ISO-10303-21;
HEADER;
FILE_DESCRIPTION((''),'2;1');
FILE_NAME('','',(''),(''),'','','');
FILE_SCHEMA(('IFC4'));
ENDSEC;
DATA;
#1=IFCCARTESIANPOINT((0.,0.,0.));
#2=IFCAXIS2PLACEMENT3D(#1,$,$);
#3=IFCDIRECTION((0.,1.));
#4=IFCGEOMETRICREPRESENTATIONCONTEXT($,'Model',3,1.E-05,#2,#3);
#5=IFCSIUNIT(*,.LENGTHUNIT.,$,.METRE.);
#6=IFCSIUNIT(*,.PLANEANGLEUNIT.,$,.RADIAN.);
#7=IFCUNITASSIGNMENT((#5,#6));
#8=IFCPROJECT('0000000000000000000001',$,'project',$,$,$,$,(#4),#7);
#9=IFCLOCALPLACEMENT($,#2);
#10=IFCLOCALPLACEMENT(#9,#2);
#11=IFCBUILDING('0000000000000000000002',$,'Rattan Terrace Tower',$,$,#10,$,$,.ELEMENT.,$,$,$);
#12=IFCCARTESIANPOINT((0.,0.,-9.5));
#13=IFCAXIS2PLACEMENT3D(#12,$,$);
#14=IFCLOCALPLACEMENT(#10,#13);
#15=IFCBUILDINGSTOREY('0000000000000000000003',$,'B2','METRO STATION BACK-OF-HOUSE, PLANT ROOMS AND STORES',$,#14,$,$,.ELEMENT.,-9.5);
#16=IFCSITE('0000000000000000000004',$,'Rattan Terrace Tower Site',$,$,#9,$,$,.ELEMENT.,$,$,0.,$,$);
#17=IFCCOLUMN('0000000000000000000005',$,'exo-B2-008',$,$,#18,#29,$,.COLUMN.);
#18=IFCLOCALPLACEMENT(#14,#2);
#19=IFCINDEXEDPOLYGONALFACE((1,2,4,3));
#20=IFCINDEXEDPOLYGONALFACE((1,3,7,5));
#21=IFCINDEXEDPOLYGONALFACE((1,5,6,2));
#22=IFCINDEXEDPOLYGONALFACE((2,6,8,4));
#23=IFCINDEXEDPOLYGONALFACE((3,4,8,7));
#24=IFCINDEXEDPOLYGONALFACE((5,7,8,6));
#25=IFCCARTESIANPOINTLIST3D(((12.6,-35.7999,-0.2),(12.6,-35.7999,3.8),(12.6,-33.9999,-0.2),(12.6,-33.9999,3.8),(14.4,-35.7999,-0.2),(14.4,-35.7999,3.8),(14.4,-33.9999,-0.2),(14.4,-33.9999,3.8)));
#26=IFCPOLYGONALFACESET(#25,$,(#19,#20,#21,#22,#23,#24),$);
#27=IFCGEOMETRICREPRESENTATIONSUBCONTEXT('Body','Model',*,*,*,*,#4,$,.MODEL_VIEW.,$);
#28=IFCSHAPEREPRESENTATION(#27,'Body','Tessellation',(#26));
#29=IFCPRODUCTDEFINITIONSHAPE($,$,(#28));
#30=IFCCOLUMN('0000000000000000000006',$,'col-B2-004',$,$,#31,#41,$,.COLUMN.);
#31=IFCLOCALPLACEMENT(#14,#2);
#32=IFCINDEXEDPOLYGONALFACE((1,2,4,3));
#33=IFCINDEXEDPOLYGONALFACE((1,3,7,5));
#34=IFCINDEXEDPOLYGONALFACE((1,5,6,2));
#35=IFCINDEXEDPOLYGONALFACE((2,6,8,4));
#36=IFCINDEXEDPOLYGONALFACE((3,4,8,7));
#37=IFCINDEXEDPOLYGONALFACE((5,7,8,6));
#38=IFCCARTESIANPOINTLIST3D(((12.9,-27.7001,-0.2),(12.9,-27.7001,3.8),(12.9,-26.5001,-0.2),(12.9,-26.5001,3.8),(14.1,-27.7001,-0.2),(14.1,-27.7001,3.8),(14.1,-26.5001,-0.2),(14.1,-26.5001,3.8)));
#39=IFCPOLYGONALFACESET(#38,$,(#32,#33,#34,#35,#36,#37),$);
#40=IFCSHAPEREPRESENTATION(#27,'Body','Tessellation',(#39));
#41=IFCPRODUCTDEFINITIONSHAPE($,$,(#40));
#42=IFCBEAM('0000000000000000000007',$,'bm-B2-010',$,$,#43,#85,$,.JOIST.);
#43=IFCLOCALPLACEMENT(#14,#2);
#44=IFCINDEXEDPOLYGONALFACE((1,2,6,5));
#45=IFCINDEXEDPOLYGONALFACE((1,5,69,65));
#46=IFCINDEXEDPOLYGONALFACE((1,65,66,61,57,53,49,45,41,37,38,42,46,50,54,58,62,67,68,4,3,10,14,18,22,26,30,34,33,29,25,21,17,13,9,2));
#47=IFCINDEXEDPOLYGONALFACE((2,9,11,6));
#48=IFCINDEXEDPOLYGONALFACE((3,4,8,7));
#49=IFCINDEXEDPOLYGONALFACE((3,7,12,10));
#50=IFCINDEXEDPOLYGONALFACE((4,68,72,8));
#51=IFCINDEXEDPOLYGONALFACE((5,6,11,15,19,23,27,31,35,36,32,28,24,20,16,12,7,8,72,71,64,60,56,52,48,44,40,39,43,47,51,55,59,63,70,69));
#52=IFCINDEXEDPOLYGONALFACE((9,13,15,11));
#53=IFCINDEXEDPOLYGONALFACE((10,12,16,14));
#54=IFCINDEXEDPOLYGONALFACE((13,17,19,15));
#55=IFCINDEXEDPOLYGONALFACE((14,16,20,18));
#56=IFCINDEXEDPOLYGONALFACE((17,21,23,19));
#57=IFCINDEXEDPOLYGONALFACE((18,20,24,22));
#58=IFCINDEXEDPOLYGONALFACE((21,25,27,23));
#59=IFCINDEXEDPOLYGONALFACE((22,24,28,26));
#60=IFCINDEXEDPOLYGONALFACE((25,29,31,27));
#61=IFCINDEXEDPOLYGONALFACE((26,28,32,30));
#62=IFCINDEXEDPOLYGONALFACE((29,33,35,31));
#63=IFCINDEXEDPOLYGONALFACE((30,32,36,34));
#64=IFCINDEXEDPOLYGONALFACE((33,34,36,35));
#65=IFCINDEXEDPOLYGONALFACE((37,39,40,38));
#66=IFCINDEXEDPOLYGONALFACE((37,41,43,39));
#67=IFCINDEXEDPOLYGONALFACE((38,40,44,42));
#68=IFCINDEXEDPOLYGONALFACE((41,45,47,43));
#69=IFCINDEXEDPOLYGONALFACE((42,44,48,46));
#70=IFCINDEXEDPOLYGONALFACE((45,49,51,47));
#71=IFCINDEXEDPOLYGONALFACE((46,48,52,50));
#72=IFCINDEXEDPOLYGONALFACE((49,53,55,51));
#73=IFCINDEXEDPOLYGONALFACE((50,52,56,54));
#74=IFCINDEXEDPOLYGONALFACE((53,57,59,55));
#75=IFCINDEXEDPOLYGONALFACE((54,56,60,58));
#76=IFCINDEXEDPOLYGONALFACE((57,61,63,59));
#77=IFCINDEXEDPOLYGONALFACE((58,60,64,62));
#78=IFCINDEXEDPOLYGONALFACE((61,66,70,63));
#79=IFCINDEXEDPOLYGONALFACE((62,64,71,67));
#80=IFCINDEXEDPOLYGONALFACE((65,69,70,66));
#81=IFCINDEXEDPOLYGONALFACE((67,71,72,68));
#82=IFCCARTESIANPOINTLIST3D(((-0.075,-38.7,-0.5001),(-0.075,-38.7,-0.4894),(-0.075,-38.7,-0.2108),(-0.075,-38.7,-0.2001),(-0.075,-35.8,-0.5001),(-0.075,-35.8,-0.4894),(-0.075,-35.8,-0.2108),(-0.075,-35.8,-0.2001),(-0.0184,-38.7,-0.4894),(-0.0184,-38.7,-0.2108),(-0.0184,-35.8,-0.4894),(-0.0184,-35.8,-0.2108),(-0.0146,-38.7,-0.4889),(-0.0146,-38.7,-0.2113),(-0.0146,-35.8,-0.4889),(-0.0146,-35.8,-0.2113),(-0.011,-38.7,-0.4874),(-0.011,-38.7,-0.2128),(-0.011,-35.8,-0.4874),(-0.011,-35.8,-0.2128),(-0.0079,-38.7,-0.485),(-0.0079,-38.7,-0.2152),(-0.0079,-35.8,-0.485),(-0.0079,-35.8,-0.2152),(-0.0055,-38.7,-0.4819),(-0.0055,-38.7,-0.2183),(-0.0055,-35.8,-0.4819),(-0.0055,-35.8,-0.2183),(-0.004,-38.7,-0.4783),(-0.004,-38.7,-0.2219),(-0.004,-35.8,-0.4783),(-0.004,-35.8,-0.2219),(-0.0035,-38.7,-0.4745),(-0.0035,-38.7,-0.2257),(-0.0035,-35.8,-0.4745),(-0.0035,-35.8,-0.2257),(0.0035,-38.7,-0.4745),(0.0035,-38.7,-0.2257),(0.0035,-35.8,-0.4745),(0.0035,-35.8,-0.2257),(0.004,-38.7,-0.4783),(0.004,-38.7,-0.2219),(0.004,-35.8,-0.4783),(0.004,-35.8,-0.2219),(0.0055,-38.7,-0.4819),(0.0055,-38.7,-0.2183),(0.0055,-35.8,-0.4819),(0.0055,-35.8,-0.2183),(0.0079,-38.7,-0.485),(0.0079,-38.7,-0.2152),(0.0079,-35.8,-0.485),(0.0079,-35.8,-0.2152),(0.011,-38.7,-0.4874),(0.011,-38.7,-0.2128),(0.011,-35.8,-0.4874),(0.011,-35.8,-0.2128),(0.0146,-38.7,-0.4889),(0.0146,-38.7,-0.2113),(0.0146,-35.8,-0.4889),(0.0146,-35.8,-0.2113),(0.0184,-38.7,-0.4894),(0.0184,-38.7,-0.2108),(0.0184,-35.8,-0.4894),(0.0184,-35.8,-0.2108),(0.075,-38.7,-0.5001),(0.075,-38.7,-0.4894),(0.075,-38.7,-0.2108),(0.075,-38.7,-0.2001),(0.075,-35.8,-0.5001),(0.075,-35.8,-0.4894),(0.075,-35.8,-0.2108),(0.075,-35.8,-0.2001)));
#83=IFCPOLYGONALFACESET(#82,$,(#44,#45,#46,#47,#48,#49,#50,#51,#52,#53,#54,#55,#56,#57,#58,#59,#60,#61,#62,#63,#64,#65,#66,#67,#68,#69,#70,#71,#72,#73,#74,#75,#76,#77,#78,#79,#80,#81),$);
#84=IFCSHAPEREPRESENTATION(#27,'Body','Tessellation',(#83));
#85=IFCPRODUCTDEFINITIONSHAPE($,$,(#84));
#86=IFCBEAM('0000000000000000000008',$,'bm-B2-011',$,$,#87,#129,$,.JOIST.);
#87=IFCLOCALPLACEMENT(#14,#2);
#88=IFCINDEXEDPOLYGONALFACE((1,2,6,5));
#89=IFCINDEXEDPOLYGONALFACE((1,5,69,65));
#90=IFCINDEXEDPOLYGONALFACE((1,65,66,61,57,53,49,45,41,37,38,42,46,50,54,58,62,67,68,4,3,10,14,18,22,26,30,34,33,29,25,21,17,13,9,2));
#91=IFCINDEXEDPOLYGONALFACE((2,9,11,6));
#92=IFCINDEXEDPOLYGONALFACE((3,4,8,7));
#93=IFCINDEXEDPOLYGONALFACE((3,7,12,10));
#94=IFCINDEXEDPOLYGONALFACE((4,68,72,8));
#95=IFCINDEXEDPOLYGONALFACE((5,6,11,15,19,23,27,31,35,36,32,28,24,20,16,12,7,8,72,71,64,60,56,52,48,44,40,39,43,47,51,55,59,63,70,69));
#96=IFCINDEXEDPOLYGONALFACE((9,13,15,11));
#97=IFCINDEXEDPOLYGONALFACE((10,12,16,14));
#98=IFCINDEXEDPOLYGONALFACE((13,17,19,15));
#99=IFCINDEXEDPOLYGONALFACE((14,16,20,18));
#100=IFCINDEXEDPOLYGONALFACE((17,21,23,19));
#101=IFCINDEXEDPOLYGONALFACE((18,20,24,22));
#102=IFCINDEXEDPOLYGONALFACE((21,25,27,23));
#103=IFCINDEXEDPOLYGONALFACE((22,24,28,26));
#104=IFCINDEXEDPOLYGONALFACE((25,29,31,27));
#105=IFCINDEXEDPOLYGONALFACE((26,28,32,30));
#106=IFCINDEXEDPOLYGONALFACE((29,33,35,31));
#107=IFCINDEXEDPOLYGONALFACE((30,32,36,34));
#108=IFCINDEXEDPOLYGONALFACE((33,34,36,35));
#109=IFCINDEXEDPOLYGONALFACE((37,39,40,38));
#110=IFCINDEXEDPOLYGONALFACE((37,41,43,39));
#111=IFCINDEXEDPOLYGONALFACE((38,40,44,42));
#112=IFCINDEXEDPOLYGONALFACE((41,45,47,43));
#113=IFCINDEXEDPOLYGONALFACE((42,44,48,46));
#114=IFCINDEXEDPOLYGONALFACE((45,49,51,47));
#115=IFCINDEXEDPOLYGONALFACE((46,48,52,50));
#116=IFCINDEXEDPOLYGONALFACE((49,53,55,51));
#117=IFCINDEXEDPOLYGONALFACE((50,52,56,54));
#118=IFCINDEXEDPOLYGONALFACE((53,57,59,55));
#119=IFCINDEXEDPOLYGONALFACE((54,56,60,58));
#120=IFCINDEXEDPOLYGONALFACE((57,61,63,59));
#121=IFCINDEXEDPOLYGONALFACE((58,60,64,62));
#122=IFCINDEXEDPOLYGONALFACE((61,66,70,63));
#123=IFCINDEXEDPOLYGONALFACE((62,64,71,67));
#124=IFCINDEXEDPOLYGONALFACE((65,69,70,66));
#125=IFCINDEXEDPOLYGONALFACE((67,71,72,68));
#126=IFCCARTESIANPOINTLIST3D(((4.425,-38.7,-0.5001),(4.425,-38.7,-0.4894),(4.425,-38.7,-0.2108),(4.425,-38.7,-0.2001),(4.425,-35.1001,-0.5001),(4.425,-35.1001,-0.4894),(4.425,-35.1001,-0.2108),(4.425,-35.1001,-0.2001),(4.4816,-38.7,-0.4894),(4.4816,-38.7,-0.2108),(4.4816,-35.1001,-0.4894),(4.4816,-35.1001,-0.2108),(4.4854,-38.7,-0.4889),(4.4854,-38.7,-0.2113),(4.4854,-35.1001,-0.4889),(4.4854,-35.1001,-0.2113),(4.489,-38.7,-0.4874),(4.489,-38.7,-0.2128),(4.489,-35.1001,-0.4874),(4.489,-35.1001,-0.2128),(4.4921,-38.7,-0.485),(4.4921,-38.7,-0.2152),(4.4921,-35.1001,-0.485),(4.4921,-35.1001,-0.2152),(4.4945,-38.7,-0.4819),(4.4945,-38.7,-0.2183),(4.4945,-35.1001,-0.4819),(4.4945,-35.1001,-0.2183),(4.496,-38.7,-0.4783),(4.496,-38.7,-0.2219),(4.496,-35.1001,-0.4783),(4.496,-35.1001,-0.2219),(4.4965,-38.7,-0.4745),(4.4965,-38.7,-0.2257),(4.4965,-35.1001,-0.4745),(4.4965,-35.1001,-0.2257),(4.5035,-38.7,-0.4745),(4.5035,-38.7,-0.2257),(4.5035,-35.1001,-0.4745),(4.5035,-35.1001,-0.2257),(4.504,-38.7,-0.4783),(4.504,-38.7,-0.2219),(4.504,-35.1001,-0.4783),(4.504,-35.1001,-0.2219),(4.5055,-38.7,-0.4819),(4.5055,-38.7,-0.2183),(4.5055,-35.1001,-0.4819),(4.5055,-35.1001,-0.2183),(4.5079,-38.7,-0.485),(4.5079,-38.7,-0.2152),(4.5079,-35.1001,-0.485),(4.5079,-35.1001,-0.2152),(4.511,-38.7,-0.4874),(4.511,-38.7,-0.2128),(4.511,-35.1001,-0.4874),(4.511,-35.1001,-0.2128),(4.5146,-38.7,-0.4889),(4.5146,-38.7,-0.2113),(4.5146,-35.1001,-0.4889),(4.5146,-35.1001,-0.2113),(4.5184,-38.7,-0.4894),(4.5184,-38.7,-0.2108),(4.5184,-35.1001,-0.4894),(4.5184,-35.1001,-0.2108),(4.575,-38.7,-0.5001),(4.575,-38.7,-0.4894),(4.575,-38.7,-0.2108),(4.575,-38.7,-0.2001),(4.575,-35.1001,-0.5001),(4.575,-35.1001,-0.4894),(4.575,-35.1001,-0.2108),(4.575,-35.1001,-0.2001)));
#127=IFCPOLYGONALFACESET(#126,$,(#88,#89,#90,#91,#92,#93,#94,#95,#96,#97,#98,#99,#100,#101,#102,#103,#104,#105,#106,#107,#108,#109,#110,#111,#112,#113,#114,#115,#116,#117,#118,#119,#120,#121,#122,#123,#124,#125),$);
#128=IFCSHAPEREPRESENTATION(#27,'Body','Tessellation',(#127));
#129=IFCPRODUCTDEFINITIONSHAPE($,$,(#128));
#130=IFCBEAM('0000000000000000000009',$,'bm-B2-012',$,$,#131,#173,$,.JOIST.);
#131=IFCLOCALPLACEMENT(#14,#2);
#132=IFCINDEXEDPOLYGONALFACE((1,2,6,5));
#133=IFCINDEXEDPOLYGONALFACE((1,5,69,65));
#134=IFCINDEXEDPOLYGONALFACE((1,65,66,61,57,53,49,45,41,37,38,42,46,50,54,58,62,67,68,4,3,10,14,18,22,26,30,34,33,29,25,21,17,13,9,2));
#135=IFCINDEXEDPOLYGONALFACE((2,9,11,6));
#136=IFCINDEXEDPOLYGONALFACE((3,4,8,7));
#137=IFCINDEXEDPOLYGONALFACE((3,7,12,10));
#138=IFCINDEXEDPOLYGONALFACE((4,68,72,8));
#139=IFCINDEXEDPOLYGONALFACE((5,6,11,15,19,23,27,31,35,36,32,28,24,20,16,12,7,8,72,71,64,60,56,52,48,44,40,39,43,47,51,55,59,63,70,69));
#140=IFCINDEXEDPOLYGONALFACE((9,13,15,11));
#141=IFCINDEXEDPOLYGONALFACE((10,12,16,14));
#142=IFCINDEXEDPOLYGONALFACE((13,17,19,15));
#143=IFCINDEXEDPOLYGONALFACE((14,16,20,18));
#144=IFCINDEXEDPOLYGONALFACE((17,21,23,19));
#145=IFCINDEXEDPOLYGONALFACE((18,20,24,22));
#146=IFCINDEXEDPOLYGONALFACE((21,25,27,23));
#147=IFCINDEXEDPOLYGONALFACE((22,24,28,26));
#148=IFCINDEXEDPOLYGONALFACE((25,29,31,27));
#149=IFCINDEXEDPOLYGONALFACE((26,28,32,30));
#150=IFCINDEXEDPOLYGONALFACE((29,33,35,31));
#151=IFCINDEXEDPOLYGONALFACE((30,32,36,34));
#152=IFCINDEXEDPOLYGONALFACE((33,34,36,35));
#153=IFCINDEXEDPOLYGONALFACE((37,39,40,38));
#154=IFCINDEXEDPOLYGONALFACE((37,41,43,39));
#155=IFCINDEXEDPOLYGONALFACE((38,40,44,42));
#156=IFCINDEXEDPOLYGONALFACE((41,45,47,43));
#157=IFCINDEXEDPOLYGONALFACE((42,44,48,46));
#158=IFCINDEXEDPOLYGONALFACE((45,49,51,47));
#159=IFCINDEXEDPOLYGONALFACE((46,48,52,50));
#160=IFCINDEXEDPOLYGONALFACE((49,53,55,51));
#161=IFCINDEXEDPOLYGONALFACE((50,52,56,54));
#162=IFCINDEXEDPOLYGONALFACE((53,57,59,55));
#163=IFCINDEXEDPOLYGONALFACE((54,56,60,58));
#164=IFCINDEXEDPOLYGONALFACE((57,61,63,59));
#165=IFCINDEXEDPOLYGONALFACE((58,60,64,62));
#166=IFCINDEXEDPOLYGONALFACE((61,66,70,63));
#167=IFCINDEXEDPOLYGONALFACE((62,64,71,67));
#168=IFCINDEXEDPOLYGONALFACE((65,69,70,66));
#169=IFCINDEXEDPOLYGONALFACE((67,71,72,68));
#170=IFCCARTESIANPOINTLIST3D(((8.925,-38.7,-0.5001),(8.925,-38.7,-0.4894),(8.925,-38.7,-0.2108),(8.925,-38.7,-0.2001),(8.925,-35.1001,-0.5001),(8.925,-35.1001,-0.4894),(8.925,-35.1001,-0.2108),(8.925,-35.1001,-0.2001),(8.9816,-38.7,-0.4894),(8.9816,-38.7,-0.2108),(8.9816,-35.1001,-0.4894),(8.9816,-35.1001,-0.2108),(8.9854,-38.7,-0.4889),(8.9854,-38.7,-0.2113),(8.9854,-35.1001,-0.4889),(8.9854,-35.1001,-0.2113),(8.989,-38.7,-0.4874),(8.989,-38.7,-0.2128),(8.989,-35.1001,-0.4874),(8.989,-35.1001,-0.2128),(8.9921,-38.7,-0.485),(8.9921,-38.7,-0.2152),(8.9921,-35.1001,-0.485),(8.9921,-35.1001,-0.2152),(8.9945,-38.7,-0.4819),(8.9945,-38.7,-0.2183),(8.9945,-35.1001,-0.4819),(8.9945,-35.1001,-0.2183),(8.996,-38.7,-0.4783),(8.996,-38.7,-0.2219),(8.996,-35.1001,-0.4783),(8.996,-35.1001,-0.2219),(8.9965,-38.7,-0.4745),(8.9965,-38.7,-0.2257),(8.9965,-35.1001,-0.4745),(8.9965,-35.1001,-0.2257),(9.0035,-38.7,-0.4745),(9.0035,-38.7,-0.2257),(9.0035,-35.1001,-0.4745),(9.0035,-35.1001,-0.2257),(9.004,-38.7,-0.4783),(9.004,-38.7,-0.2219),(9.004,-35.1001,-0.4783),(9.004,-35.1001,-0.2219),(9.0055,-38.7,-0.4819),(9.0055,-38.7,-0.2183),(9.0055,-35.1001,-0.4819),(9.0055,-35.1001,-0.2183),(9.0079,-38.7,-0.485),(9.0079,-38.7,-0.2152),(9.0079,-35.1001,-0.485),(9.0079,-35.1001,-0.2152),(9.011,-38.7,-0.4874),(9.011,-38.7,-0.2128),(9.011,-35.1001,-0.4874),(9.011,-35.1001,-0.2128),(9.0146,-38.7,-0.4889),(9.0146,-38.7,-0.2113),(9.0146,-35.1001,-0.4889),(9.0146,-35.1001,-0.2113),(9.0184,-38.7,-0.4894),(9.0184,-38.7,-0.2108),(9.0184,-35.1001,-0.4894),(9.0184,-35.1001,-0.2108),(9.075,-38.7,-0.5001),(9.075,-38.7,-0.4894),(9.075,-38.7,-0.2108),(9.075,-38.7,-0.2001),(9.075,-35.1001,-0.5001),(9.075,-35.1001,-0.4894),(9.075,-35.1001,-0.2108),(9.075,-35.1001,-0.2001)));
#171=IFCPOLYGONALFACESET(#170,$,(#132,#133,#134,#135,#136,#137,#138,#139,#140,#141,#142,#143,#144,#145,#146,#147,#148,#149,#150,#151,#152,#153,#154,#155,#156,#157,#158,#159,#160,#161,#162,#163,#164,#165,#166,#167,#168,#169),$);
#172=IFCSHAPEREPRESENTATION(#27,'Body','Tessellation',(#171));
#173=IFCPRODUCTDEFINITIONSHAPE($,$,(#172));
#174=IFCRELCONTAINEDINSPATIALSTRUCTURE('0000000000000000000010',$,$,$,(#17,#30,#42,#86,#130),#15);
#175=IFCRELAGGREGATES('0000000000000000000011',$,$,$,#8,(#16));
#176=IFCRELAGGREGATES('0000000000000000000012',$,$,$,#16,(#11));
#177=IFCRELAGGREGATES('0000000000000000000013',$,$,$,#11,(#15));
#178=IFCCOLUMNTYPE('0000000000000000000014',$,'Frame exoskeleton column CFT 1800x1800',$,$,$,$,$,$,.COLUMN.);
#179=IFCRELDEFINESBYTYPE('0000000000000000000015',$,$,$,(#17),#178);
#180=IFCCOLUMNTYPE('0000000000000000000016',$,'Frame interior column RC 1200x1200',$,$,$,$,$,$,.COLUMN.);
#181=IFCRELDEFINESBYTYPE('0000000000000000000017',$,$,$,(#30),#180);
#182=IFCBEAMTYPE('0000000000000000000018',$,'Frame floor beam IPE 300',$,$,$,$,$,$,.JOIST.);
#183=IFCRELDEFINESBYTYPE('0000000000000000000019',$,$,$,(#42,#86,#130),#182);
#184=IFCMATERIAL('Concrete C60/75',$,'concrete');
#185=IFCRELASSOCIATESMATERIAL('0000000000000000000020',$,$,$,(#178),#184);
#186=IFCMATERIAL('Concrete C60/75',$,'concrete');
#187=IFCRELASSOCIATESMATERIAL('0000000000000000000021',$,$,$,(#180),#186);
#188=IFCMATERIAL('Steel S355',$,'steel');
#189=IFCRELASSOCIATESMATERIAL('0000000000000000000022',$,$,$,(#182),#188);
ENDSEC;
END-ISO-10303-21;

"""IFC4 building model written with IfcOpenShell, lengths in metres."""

from ifc_helpers import new_model, si_unit, direction, frame, origin, origin_2d, place, context, subcontext, project, spatial, rectangle, i_section, extrude, material, material_profile, profile_set, type_object, element, save


model = new_model("IFC4")

# Units and contexts
model_context = context("Model", 3, precision=1e-05, world=origin(), true_north=direction((0.0, 1.0)))
body_context = subcontext(model_context, "Body", "Model", "MODEL_VIEW")
ifc_project = project(units=[si_unit("LENGTHUNIT", "METRE"), si_unit("PLANEANGLEUNIT", "RADIAN")], contexts=[model_context])

# Site, building, storey
site_placement = place(None, origin())
site = spatial("IfcSite", under=ifc_project, at=site_placement, Name="Rattan Terrace Tower Site", CompositionType="ELEMENT", RefElevation=0.0)
building_placement = place(site_placement, origin())
building = spatial("IfcBuilding", under=site, at=building_placement, Name="Rattan Terrace Tower", CompositionType="ELEMENT")
storey_placement = place(building_placement, frame((0.0, 0.0, -9.5)))
storey = spatial("IfcBuildingStorey", under=building, at=storey_placement, Name="B2", Description="METRO STATION BACK-OF-HOUSE, PLANT ROOMS AND STORES", CompositionType="ELEMENT", Elevation=-9.5)

# Columns
ifc_material_1 = material(Name="Concrete C60/75", Category="concrete")
ifc_material_profile_1 = material_profile(ifc_material_1, rectangle(XDim=1.8, YDim=1.8, at=origin_2d()), Name="CFT 1800x1800")
ifc_profile_set_1 = profile_set([ifc_material_profile_1], Name="Concrete C60/75")
column_type_1 = type_object("IfcColumnType", Name="Frame exoskeleton column CFT 1800x1800", PredefinedType="COLUMN", material=ifc_profile_set_1)
column_1_placement = place(storey_placement, frame((13.5, -34.8999, -0.2), z_axis=(0.0, 0.0, 1.0), x_axis=(1.0, 0.0, 0.0)))
element("IfcColumn", 1, at=column_1_placement, inside=storey, type_object=column_type_1, Name="exo-B2-008", PredefinedType="COLUMN", context=body_context, shape_type="SweptSolid", body=[
    extrude(rectangle(XDim=1.8, YDim=1.8, at=origin_2d()), origin(), (0.0, 0.0, 1.0), 4.0),
])
ifc_material_2 = material(Name="Concrete C60/75", Category="concrete")
ifc_material_profile_2 = material_profile(ifc_material_2, rectangle(XDim=1.2, YDim=1.2, at=origin_2d()), Name="RC 1200x1200")
ifc_profile_set_2 = profile_set([ifc_material_profile_2], Name="Concrete C60/75")
column_type_2 = type_object("IfcColumnType", Name="Frame interior column RC 1200x1200", PredefinedType="COLUMN", material=ifc_profile_set_2)
column_2_placement = place(storey_placement, frame((13.5, -27.1001, -0.2), z_axis=(0.0, 0.0, 1.0), x_axis=(1.0, 0.0, 0.0)))
element("IfcColumn", 2, at=column_2_placement, inside=storey, type_object=column_type_2, Name="col-B2-004", PredefinedType="COLUMN", context=body_context, shape_type="SweptSolid", body=[
    extrude(rectangle(XDim=1.2, YDim=1.2, at=origin_2d()), origin(), (0.0, 0.0, 1.0), 4.0),
])

# Beams
ifc_material_3 = material(Name="Steel S355", Category="steel")
ifc_material_profile_3 = material_profile(ifc_material_3, i_section(OverallWidth=0.1499, OverallDepth=0.3, WebThickness=0.0071, FlangeThickness=0.0107, FilletRadius=0.0149, at=origin_2d()), Name="IPE 300")
ifc_profile_set_3 = profile_set([ifc_material_profile_3], Name="Steel S355")
beam_type_1 = type_object("IfcBeamType", Name="Frame floor beam IPE 300", PredefinedType="JOIST", material=ifc_profile_set_3)
beam_1_placement = place(storey_placement, frame((0.0, -38.7, -0.3501), z_axis=(0.0, 1.0, 0.0), x_axis=(-1.0, 0.0, 0.0)))
element("IfcBeam", 3, at=beam_1_placement, inside=storey, type_object=beam_type_1, Name="bm-B2-010", PredefinedType="JOIST", context=body_context, shape_type="SweptSolid", body=[
    extrude(i_section(OverallWidth=0.1499, OverallDepth=0.3, WebThickness=0.0071, FlangeThickness=0.0107, FilletRadius=0.0149, at=origin_2d()), origin(), (0.0, 0.0, 1.0), 2.8999),
])
for number, where, z_axis, x_axis, name in (
    (4, (4.5, -38.7, -0.3501), (0.0, 1.0, 0.0), (-1.0, 0.0, 0.0), "bm-B2-011"),
    (5, (9.0, -38.7, -0.3501), (0.0, 1.0, 0.0), (-1.0, 0.0, 0.0), "bm-B2-012"),
):
    element("IfcBeam", number, at=place(storey_placement, frame(where, z_axis=z_axis, x_axis=x_axis)), inside=storey, type_object=beam_type_1, Name=name, PredefinedType="JOIST", context=body_context, shape_type="SweptSolid", body=[
        extrude(i_section(OverallWidth=0.1499, OverallDepth=0.3, WebThickness=0.0071, FlangeThickness=0.0107, FilletRadius=0.0149, at=origin_2d()), origin(), (0.0, 0.0, 1.0), 3.5999),
    ])

save(model, "model.ifc")
